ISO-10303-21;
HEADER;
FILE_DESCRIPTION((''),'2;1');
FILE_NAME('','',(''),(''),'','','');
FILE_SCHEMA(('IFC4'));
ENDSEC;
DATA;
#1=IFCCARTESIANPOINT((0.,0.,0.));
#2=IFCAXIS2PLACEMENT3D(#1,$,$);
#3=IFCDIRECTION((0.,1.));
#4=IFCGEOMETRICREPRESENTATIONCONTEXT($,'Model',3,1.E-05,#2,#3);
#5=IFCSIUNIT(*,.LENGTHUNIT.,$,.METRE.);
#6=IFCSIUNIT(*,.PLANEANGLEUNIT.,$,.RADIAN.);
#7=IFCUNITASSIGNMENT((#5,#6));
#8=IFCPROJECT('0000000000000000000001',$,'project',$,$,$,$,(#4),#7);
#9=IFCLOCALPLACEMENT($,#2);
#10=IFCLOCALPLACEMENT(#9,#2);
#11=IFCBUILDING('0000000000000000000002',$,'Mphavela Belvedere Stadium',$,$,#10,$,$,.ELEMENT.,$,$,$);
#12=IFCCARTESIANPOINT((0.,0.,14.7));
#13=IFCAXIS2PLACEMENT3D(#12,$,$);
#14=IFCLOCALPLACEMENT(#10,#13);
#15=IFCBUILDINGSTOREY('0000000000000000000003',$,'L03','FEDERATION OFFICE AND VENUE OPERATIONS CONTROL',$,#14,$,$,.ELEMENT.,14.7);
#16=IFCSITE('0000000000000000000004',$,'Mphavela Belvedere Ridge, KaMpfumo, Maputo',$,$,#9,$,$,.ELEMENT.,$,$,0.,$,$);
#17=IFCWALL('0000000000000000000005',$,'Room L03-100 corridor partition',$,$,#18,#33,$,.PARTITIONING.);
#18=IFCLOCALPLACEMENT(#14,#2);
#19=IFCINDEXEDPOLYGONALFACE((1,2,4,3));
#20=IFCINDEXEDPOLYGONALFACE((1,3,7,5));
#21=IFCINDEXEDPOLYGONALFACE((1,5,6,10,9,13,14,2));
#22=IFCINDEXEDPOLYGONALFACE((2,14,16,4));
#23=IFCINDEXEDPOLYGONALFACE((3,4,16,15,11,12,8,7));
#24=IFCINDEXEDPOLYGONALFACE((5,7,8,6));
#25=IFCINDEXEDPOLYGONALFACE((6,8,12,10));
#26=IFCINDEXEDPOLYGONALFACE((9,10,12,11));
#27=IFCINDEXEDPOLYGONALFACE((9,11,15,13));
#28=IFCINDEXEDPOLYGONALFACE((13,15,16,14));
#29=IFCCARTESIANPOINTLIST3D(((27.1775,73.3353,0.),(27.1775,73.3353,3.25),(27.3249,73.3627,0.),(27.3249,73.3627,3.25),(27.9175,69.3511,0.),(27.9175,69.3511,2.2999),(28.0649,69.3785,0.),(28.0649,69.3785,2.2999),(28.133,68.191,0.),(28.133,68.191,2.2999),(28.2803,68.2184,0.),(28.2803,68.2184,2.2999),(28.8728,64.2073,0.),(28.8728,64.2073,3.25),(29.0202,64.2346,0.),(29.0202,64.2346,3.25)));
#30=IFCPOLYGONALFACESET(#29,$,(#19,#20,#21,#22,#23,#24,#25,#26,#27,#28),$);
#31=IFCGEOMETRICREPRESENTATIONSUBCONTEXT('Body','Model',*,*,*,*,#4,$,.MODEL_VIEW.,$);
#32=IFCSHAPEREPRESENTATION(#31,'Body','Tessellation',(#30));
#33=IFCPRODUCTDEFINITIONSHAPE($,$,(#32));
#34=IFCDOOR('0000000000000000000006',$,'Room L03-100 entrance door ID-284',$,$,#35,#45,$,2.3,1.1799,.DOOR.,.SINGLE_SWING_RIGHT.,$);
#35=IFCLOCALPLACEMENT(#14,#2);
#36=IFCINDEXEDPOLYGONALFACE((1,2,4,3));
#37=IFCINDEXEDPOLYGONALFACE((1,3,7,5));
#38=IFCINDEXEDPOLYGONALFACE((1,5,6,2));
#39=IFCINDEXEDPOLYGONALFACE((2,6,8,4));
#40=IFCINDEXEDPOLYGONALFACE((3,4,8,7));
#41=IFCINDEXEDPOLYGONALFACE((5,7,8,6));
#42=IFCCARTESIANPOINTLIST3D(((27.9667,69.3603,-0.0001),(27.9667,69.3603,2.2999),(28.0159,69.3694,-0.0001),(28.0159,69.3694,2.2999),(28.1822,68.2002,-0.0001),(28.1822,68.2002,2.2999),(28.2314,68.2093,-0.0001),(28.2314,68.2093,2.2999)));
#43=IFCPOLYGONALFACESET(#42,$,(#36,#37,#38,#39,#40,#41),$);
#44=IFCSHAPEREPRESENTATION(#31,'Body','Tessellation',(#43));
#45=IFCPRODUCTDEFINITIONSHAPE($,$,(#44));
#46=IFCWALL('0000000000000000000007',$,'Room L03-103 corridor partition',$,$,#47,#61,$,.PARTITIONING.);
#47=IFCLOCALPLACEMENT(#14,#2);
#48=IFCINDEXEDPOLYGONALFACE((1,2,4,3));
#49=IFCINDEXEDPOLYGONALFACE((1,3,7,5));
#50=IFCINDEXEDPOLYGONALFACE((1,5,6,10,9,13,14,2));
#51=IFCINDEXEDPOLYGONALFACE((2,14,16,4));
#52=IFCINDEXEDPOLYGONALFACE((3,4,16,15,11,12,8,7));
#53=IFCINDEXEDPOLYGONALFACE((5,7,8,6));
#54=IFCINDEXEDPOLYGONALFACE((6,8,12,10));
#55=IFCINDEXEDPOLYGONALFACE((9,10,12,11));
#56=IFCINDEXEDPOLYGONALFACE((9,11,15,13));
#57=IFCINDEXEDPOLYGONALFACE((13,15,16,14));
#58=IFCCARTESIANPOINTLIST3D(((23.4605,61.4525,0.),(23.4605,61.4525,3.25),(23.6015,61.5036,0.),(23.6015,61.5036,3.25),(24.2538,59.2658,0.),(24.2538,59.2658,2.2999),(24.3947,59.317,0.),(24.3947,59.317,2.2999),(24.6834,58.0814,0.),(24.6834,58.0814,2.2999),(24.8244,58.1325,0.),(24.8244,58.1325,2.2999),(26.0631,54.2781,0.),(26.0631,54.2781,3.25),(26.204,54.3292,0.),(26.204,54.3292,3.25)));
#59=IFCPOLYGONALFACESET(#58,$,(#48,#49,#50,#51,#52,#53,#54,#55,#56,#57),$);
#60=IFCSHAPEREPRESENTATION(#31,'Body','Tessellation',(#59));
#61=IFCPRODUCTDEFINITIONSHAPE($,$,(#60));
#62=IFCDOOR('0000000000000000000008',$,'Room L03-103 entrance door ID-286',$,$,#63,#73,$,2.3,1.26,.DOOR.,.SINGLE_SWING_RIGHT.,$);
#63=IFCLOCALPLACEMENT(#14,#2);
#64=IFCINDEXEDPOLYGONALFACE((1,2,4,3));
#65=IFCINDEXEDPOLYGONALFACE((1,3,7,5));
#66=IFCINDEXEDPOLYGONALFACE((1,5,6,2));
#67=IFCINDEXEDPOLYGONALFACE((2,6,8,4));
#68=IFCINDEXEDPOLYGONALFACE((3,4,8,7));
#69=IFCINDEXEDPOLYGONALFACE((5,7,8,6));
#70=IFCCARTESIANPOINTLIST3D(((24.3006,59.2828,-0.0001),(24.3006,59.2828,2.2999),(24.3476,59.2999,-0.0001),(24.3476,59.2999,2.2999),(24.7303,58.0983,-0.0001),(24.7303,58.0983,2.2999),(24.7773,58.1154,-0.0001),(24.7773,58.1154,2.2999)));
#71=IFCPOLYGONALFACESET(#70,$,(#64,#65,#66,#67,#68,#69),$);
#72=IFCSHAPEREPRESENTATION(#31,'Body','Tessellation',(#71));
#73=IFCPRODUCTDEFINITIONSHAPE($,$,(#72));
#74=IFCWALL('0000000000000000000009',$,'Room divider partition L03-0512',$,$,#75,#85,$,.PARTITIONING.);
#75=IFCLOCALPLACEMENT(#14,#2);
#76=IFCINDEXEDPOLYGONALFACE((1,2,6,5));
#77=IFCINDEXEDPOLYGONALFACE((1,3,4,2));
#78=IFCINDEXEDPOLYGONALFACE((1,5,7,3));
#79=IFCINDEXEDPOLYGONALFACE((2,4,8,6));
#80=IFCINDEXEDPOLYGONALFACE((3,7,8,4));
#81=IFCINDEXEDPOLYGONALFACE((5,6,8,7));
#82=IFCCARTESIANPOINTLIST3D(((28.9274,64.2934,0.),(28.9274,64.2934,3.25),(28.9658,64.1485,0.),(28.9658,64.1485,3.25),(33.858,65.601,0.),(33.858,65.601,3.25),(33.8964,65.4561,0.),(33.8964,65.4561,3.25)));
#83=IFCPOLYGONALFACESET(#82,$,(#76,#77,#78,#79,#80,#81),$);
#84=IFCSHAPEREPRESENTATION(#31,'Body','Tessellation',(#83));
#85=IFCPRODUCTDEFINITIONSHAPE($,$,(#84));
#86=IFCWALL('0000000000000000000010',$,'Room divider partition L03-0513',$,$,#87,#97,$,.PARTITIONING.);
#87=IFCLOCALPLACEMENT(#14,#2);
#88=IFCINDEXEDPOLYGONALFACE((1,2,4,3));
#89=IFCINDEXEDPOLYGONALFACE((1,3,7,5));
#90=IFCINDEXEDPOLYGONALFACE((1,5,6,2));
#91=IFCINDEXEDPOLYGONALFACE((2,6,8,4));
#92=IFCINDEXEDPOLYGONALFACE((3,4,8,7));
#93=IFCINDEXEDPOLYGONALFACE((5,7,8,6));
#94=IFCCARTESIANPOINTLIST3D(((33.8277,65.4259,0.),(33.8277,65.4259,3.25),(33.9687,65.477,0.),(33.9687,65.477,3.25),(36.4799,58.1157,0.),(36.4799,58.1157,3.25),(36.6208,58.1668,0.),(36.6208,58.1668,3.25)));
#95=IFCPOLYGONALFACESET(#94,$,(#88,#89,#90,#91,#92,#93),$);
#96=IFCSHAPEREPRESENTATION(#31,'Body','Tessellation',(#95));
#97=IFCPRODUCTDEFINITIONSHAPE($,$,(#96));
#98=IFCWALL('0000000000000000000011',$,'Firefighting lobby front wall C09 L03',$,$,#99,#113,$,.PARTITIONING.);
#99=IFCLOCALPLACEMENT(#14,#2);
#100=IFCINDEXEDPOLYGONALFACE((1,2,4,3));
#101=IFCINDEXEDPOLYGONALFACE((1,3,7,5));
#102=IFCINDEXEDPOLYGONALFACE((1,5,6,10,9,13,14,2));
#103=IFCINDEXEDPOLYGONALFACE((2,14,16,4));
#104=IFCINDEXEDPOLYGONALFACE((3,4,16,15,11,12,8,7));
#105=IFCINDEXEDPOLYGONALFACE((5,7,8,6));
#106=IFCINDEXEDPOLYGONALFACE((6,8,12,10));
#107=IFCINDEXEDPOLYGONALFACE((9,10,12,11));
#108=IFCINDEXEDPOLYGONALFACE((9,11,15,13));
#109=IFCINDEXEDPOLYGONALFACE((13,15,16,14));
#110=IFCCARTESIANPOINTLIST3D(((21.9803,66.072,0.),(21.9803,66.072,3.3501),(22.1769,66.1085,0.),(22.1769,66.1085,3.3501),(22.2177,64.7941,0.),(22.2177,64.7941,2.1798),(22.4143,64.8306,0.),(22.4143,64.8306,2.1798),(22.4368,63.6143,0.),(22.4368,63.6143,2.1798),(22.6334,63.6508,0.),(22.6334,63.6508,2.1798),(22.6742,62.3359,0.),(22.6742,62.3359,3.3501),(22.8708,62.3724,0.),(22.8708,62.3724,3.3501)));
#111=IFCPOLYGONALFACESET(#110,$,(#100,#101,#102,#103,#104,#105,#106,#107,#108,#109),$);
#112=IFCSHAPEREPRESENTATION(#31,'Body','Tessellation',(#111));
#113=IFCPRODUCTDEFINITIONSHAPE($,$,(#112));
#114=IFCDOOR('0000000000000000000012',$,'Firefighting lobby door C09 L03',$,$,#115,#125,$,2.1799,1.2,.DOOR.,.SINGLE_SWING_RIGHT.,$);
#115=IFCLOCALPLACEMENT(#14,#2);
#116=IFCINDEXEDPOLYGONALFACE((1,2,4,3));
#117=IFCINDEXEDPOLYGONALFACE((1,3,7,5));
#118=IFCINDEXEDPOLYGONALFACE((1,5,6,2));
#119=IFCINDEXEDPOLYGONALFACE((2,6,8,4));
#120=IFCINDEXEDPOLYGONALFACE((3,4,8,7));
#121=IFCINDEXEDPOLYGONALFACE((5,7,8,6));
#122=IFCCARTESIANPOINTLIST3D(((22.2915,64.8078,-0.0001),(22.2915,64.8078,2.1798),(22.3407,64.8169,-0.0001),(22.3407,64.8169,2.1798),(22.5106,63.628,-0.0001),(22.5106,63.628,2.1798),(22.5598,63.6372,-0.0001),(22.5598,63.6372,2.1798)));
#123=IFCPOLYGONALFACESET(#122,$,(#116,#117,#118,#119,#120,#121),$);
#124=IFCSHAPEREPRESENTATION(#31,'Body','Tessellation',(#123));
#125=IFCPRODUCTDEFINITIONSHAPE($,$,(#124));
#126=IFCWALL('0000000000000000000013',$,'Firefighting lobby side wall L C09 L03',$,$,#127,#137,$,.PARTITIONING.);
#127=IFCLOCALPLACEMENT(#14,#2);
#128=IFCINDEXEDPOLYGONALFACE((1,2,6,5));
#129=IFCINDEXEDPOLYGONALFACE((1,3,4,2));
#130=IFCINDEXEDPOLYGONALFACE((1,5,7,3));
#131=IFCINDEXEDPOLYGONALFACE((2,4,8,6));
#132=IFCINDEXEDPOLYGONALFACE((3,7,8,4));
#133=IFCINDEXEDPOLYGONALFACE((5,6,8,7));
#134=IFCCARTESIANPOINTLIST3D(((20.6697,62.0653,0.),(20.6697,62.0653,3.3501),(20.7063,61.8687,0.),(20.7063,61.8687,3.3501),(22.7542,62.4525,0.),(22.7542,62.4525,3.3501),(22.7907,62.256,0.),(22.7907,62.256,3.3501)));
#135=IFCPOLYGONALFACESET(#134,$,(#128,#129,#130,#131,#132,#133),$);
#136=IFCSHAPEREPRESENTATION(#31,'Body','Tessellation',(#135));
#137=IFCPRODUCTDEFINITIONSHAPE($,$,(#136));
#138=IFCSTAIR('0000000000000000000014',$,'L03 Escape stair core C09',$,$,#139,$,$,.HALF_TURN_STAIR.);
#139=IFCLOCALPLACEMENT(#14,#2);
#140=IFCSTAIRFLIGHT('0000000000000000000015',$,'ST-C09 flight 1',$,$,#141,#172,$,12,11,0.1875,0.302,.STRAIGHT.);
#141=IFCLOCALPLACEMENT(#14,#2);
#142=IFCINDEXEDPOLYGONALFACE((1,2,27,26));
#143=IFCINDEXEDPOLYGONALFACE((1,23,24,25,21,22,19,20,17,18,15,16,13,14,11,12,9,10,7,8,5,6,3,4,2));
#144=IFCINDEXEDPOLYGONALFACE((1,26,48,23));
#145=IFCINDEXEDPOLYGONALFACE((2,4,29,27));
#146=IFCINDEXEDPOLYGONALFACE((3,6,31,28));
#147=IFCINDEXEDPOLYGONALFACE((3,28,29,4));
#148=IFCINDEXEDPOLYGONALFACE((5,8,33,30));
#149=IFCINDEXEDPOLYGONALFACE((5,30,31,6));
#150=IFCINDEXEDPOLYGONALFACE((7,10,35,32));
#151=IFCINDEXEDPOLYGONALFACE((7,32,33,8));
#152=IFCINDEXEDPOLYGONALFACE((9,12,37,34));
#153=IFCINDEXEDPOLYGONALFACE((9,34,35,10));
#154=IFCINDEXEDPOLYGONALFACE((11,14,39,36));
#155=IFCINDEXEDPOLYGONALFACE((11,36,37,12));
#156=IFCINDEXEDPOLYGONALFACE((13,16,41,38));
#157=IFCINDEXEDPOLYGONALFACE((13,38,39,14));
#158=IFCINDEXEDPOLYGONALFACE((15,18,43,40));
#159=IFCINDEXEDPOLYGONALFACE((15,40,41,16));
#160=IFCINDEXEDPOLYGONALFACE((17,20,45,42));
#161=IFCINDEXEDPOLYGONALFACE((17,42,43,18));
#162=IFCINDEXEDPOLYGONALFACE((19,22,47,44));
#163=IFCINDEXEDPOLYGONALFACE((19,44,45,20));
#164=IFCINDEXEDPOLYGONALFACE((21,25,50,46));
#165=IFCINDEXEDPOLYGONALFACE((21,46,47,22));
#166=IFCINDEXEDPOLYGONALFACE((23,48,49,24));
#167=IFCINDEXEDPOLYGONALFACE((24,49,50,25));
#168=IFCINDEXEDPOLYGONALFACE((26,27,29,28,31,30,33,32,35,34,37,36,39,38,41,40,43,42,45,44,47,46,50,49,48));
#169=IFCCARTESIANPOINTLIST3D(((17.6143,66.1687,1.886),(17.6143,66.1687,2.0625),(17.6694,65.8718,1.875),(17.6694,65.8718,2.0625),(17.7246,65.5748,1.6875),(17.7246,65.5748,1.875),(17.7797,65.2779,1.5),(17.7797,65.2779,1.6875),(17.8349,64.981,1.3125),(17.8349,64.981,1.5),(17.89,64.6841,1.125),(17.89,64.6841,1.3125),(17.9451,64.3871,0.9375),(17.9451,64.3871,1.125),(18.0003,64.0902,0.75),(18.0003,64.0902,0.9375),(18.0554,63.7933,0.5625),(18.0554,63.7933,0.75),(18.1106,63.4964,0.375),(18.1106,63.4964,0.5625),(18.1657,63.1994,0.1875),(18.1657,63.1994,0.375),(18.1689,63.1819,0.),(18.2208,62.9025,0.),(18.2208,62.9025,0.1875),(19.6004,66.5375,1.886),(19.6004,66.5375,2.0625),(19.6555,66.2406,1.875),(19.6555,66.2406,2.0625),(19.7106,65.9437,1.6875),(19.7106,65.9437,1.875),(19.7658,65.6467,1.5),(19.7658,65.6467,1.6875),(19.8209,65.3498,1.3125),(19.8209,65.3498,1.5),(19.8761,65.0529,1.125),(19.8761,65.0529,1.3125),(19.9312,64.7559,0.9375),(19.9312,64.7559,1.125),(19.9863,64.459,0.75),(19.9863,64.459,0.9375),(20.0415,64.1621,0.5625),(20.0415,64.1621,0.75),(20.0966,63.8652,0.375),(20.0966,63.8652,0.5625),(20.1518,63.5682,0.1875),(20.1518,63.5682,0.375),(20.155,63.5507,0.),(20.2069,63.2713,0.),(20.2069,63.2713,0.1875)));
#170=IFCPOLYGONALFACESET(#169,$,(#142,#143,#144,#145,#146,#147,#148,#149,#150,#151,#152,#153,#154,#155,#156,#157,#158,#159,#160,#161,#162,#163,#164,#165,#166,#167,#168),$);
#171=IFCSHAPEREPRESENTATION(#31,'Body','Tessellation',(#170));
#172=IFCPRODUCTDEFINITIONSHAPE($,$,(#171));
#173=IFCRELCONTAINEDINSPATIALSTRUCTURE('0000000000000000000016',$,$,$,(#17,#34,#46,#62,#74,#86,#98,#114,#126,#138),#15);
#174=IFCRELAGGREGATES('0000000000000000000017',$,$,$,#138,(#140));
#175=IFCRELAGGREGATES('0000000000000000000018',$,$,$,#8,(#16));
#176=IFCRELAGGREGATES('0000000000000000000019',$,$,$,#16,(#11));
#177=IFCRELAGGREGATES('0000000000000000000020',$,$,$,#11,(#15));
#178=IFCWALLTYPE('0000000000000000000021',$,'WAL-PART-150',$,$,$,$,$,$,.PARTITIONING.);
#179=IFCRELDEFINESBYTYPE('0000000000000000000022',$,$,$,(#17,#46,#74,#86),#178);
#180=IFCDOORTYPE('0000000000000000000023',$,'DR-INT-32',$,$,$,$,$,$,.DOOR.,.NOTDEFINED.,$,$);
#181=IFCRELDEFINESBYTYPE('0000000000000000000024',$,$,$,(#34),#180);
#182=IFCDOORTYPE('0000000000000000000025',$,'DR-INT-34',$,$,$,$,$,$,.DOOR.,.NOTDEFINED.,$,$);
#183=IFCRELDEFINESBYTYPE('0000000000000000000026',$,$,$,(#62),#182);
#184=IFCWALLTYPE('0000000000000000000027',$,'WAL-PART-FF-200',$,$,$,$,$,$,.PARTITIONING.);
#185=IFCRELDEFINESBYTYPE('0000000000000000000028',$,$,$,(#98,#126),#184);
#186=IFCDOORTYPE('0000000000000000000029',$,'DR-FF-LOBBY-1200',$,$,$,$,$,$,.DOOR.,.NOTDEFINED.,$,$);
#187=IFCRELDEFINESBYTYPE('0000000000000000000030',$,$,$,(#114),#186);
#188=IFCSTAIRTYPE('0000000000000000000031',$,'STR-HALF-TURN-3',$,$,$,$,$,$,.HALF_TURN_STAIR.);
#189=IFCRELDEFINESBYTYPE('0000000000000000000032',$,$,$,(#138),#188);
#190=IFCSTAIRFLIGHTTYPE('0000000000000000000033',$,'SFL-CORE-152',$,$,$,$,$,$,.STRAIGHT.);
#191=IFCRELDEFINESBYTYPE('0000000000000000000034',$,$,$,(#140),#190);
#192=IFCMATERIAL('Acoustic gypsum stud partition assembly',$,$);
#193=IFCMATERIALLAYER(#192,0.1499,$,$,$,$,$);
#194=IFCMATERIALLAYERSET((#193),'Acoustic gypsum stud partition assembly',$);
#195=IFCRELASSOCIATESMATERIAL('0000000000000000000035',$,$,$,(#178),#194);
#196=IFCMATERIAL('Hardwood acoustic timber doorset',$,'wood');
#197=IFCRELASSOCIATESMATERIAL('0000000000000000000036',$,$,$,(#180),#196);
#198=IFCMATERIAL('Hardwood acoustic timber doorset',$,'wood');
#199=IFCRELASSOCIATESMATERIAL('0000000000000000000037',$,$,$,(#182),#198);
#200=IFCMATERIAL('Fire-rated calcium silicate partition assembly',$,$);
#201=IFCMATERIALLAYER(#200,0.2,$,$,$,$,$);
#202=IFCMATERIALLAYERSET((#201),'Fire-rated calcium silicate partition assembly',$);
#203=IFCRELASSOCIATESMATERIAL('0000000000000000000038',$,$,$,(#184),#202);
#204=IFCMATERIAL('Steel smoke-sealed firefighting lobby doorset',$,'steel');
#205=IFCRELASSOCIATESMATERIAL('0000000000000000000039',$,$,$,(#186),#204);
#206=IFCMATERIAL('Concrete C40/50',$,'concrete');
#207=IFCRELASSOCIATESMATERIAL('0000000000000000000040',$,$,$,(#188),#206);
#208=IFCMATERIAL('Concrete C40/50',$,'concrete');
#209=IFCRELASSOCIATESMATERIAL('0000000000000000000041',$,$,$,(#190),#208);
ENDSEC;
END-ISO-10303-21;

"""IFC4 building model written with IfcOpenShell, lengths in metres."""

from ifc_helpers import new_model, si_unit, direction, frame, frame_2d, origin, place, context, subcontext, project, spatial, polyline, rectangle, outline, extrude, material, layer, layer_set, type_object, element, fill, aggregate, save


model = new_model("IFC4")

# Units and contexts
model_context = context("Model", 3, precision=1e-05, world=origin(), true_north=direction((0.0, 1.0)))
body_context = subcontext(model_context, "Body", "Model", "MODEL_VIEW")
ifc_project = project(units=[si_unit("LENGTHUNIT", "METRE"), si_unit("PLANEANGLEUNIT", "RADIAN")], contexts=[model_context])

# Site, building, storey
site_placement = place(None, origin())
site = spatial("IfcSite", under=ifc_project, at=site_placement, Name="Mphavela Belvedere Ridge, KaMpfumo, Maputo", CompositionType="ELEMENT", RefElevation=0.0)
building_placement = place(site_placement, origin())
building = spatial("IfcBuilding", under=site, at=building_placement, Name="Mphavela Belvedere Stadium", CompositionType="ELEMENT")
storey_placement = place(building_placement, frame((0.0, 0.0, 14.7)))
storey = spatial("IfcBuildingStorey", under=building, at=storey_placement, Name="L03", Description="FEDERATION OFFICE AND VENUE OPERATIONS CONTROL", CompositionType="ELEMENT", Elevation=14.7)

# Walls, openings, doors
ifc_material_1 = material(Name="Acoustic gypsum stud partition assembly")
ifc_layer_1 = layer(ifc_material_1, 0.1499)
ifc_layer_set_1 = layer_set([ifc_layer_1], Name="Acoustic gypsum stud partition assembly")
wall_type_1 = type_object("IfcWallType", Name="WAL-PART-150", PredefinedType="PARTITIONING", material=ifc_layer_set_1)
wall_1_placement = place(storey_placement, frame((28.9465, 64.2209, 0.0), z_axis=(0.0, 0.0, 1.0), x_axis=(-0.182601, 0.983187, 0.0)))
wall_1 = element("IfcWall", 1, at=wall_1_placement, inside=storey, type_object=wall_type_1, Name="Room L03-100 corridor partition", PredefinedType="PARTITIONING", context=body_context, shape_type="SweptSolid", body=[
    extrude(rectangle(XDim=9.2842, YDim=0.1499, at=frame_2d((4.6421, 0.0))), origin(), (0.0, 0.0, 1.0), 3.25),
])
opening_1_placement = place(wall_1_placement, frame((4.052, 0.0, 0.0)))
opening_1 = element("IfcOpeningElement", 2, at=opening_1_placement, cuts=wall_1, PredefinedType="OPENING", context=body_context, shape_type="SweptSolid", body=[
    extrude(rectangle(XDim=1.1799, YDim=2.3, at=frame_2d((0.5898, 1.1499))), frame((0.0, 0.085, 0.0), z_axis=(0.0, -1.0, 0.0), x_axis=(1.0, 0.0, 0.0)), (0.0, 0.0, 1.0), 0.1699),
])
ifc_material_2 = material(Name="Hardwood acoustic timber doorset", Category="wood")
door_type_1 = type_object("IfcDoorType", Name="DR-INT-32", OperationType="NOTDEFINED", PredefinedType="DOOR", material=ifc_material_2)
door_1_placement = place(opening_1_placement, origin())
door_1 = element("IfcDoor", 3, at=door_1_placement, inside=storey, type_object=door_type_1, Name="Room L03-100 entrance door ID-284", OperationType="SINGLE_SWING_RIGHT", OverallHeight=2.3, OverallWidth=1.1799, PredefinedType="DOOR", context=body_context, shape_type="SweptSolid", body=[
    extrude(rectangle(XDim=1.1799, YDim=2.3, at=frame_2d((0.5898, 1.1499))), frame((0.0, 0.0249, 0.0), z_axis=(0.0, -1.0, 0.0), x_axis=(1.0, 0.0, 0.0)), (0.0, 0.0, 1.0), 0.05),
])
fill(opening_1, door_1)
wall_2_placement = place(storey_placement, frame((23.531, 61.478, 0.0), z_axis=(0.0, 0.0, 1.0), x_axis=(0.341013, -0.940058, 0.0)))
wall_2 = element("IfcWall", 4, at=wall_2_placement, inside=storey, type_object=wall_type_1, Name="Room L03-103 corridor partition", PredefinedType="PARTITIONING", context=body_context, shape_type="SweptSolid", body=[
    extrude(rectangle(XDim=7.6318, YDim=0.1499, at=frame_2d((3.8159, 0.0))), origin(), (0.0, 0.0, 1.0), 3.25),
])
opening_2_placement = place(wall_2_placement, frame((2.3262, 0.0, 0.0)))
opening_2 = element("IfcOpeningElement", 5, at=opening_2_placement, cuts=wall_2, PredefinedType="OPENING", context=body_context, shape_type="SweptSolid", body=[
    extrude(rectangle(XDim=1.26, YDim=2.3, at=frame_2d((0.6299, 1.1499))), frame((0.0, 0.085, 0.0), z_axis=(0.0, -1.0, 0.0), x_axis=(1.0, 0.0, 0.0)), (0.0, 0.0, 1.0), 0.1699),
])
ifc_material_3 = material(Name="Hardwood acoustic timber doorset", Category="wood")
door_type_2 = type_object("IfcDoorType", Name="DR-INT-34", OperationType="NOTDEFINED", PredefinedType="DOOR", material=ifc_material_3)
door_2_placement = place(opening_2_placement, origin())
door_2 = element("IfcDoor", 6, at=door_2_placement, inside=storey, type_object=door_type_2, Name="Room L03-103 entrance door ID-286", OperationType="SINGLE_SWING_RIGHT", OverallHeight=2.3, OverallWidth=1.26, PredefinedType="DOOR", context=body_context, shape_type="SweptSolid", body=[
    extrude(rectangle(XDim=1.26, YDim=2.3, at=frame_2d((0.6299, 1.1499))), frame((0.0, 0.0249, 0.0), z_axis=(0.0, -1.0, 0.0), x_axis=(1.0, 0.0, 0.0)), (0.0, 0.0, 1.0), 0.05),
])
fill(opening_2, door_2)

# Walls
wall_3_placement = place(storey_placement, frame((33.8772, 65.5286, 0.0), z_axis=(0.0, 0.0, 1.0), x_axis=(-0.966587, -0.25634, 0.0)))
element("IfcWall", 7, at=wall_3_placement, inside=storey, type_object=wall_type_1, Name="Room divider partition L03-0512", PredefinedType="PARTITIONING", context=body_context, shape_type="SweptSolid", body=[
    extrude(rectangle(XDim=5.1011, YDim=0.1499, at=frame_2d((2.5505, 0.0))), origin(), (0.0, 0.0, 1.0), 3.25),
])
wall_4_placement = place(storey_placement, frame((33.8982, 65.4514, 0.0), z_axis=(0.0, 0.0, 1.0), x_axis=(0.34105, -0.940045, 0.0)))
element("IfcWall", 8, at=wall_4_placement, inside=storey, type_object=wall_type_1, Name="Room divider partition L03-0513", PredefinedType="PARTITIONING", context=body_context, shape_type="SweptSolid", body=[
    extrude(rectangle(XDim=7.7764, YDim=0.1499, at=frame_2d((3.8882, 0.0))), origin(), (0.0, 0.0, 1.0), 3.25),
])

# Wall, opening, door
ifc_material_4 = material(Name="Fire-rated calcium silicate partition assembly")
ifc_layer_2 = layer(ifc_material_4, 0.2)
ifc_layer_set_2 = layer_set([ifc_layer_2], Name="Fire-rated calcium silicate partition assembly")
wall_type_2 = type_object("IfcWallType", Name="WAL-PART-FF-200", PredefinedType="PARTITIONING", material=ifc_layer_set_2)
wall_5_placement = place(storey_placement, frame((22.7725, 62.3542, 0.0), z_axis=(0.0, 0.0, 1.0), x_axis=(-0.182593, 0.983189, 0.0)))
wall_5 = element("IfcWall", 9, at=wall_5_placement, inside=storey, type_object=wall_type_2, Name="Firefighting lobby front wall C09 L03", PredefinedType="PARTITIONING", context=body_context, shape_type="SweptSolid", body=[
    extrude(rectangle(XDim=3.8, YDim=0.2, at=frame_2d((1.8999, 0.0))), origin(), (0.0, 0.0, 1.0), 3.3501),
])
opening_3_placement = place(wall_5_placement, frame((1.3, 0.0, 0.0)))
opening_3 = element("IfcOpeningElement", 10, at=opening_3_placement, cuts=wall_5, PredefinedType="OPENING", context=body_context, shape_type="SweptSolid", body=[
    extrude(rectangle(XDim=1.2, YDim=2.1799, at=frame_2d((0.6001, 1.0898))), frame((0.0, 0.1099, 0.0), z_axis=(0.0, -1.0, 0.0), x_axis=(1.0, 0.0, 0.0)), (0.0, 0.0, 1.0), 0.22),
])
ifc_material_5 = material(Name="Steel smoke-sealed firefighting lobby doorset", Category="steel")
door_type_3 = type_object("IfcDoorType", Name="DR-FF-LOBBY-1200", OperationType="NOTDEFINED", PredefinedType="DOOR", material=ifc_material_5)
door_3_placement = place(opening_3_placement, origin())
door_3 = element("IfcDoor", 11, at=door_3_placement, inside=storey, type_object=door_type_3, Name="Firefighting lobby door C09 L03", OperationType="SINGLE_SWING_RIGHT", OverallHeight=2.1799, OverallWidth=1.2, PredefinedType="DOOR", context=body_context, shape_type="SweptSolid", body=[
    extrude(rectangle(XDim=1.2, YDim=2.1799, at=frame_2d((0.6001, 1.0898))), frame((0.0, 0.0249, 0.0), z_axis=(0.0, -1.0, 0.0), x_axis=(1.0, 0.0, 0.0)), (0.0, 0.0, 1.0), 0.05),
])
fill(opening_3, door_3)

# Wall
wall_6_placement = place(storey_placement, frame((22.7725, 62.3542, 0.0), z_axis=(0.0, 0.0, 1.0), x_axis=(-0.983181, -0.182634, 0.0)))
element("IfcWall", 12, at=wall_6_placement, inside=storey, type_object=wall_type_2, Name="Firefighting lobby side wall L C09 L03", PredefinedType="PARTITIONING", context=body_context, shape_type="SweptSolid", body=[
    extrude(rectangle(XDim=2.1201, YDim=0.2, at=frame_2d((1.0601, 0.0))), origin(), (0.0, 0.0, 1.0), 3.3501),
])

# Stair, stair flight
ifc_material_6 = material(Name="Concrete C40/50", Category="concrete")
stair_type = type_object("IfcStairType", Name="STR-HALF-TURN-3", PredefinedType="HALF_TURN_STAIR", material=ifc_material_6)
stair_placement = place(storey_placement, origin())
stair = element("IfcStair", 13, at=stair_placement, inside=storey, type_object=stair_type, Name="L03 Escape stair core C09", PredefinedType="HALF_TURN_STAIR")
ifc_material_7 = material(Name="Concrete C40/50", Category="concrete")
stair_flight_type = type_object("IfcStairFlightType", Name="SFL-CORE-152", PredefinedType="STRAIGHT", material=ifc_material_7)
stair_flight_placement = place(storey_placement, frame((19.2139, 63.0869, 0.0), z_axis=(0.0, 0.0, 1.0), x_axis=(-0.182579, 0.983191, 0.0)))
stair_flight = element("IfcStairFlight", 14, at=stair_flight_placement, type_object=stair_flight_type, Name="ST-C09 flight 1", NumberOfRisers=12, NumberOfTreads=11, PredefinedType="STRAIGHT", RiserHeight=0.1875, TreadLength=0.302, context=body_context, shape_type="SweptSolid", body=[
    extrude(outline(polyline([(0.0, 0.0), (0.0, 0.1875), (0.302, 0.1875), (0.302, 0.375), (0.604, 0.375), (0.604, 0.5625), (0.906, 0.5625), (0.906, 0.75), (1.208, 0.75), (1.208, 0.9375), (1.51, 0.9375), (1.51, 1.125), (1.812, 1.125), (1.812, 1.3125), (2.114, 1.3125), (2.114, 1.5), (2.416, 1.5), (2.416, 1.6875), (2.718, 1.6875), (2.718, 1.875), (3.02, 1.875), (3.02, 2.0625), (3.322, 2.0625), (3.322, 2.25), (3.322, 1.886), (0.2842, 0.0), (0.0, 0.0)])), frame((0.0, 1.01, 0.0), z_axis=(0.0, -1.0, 0.0), x_axis=(1.0, 0.0, 0.0)), (0.0, 0.0, 1.0), 2.02),
])
aggregate(stair, [stair_flight])

save(model, "model.ifc")
